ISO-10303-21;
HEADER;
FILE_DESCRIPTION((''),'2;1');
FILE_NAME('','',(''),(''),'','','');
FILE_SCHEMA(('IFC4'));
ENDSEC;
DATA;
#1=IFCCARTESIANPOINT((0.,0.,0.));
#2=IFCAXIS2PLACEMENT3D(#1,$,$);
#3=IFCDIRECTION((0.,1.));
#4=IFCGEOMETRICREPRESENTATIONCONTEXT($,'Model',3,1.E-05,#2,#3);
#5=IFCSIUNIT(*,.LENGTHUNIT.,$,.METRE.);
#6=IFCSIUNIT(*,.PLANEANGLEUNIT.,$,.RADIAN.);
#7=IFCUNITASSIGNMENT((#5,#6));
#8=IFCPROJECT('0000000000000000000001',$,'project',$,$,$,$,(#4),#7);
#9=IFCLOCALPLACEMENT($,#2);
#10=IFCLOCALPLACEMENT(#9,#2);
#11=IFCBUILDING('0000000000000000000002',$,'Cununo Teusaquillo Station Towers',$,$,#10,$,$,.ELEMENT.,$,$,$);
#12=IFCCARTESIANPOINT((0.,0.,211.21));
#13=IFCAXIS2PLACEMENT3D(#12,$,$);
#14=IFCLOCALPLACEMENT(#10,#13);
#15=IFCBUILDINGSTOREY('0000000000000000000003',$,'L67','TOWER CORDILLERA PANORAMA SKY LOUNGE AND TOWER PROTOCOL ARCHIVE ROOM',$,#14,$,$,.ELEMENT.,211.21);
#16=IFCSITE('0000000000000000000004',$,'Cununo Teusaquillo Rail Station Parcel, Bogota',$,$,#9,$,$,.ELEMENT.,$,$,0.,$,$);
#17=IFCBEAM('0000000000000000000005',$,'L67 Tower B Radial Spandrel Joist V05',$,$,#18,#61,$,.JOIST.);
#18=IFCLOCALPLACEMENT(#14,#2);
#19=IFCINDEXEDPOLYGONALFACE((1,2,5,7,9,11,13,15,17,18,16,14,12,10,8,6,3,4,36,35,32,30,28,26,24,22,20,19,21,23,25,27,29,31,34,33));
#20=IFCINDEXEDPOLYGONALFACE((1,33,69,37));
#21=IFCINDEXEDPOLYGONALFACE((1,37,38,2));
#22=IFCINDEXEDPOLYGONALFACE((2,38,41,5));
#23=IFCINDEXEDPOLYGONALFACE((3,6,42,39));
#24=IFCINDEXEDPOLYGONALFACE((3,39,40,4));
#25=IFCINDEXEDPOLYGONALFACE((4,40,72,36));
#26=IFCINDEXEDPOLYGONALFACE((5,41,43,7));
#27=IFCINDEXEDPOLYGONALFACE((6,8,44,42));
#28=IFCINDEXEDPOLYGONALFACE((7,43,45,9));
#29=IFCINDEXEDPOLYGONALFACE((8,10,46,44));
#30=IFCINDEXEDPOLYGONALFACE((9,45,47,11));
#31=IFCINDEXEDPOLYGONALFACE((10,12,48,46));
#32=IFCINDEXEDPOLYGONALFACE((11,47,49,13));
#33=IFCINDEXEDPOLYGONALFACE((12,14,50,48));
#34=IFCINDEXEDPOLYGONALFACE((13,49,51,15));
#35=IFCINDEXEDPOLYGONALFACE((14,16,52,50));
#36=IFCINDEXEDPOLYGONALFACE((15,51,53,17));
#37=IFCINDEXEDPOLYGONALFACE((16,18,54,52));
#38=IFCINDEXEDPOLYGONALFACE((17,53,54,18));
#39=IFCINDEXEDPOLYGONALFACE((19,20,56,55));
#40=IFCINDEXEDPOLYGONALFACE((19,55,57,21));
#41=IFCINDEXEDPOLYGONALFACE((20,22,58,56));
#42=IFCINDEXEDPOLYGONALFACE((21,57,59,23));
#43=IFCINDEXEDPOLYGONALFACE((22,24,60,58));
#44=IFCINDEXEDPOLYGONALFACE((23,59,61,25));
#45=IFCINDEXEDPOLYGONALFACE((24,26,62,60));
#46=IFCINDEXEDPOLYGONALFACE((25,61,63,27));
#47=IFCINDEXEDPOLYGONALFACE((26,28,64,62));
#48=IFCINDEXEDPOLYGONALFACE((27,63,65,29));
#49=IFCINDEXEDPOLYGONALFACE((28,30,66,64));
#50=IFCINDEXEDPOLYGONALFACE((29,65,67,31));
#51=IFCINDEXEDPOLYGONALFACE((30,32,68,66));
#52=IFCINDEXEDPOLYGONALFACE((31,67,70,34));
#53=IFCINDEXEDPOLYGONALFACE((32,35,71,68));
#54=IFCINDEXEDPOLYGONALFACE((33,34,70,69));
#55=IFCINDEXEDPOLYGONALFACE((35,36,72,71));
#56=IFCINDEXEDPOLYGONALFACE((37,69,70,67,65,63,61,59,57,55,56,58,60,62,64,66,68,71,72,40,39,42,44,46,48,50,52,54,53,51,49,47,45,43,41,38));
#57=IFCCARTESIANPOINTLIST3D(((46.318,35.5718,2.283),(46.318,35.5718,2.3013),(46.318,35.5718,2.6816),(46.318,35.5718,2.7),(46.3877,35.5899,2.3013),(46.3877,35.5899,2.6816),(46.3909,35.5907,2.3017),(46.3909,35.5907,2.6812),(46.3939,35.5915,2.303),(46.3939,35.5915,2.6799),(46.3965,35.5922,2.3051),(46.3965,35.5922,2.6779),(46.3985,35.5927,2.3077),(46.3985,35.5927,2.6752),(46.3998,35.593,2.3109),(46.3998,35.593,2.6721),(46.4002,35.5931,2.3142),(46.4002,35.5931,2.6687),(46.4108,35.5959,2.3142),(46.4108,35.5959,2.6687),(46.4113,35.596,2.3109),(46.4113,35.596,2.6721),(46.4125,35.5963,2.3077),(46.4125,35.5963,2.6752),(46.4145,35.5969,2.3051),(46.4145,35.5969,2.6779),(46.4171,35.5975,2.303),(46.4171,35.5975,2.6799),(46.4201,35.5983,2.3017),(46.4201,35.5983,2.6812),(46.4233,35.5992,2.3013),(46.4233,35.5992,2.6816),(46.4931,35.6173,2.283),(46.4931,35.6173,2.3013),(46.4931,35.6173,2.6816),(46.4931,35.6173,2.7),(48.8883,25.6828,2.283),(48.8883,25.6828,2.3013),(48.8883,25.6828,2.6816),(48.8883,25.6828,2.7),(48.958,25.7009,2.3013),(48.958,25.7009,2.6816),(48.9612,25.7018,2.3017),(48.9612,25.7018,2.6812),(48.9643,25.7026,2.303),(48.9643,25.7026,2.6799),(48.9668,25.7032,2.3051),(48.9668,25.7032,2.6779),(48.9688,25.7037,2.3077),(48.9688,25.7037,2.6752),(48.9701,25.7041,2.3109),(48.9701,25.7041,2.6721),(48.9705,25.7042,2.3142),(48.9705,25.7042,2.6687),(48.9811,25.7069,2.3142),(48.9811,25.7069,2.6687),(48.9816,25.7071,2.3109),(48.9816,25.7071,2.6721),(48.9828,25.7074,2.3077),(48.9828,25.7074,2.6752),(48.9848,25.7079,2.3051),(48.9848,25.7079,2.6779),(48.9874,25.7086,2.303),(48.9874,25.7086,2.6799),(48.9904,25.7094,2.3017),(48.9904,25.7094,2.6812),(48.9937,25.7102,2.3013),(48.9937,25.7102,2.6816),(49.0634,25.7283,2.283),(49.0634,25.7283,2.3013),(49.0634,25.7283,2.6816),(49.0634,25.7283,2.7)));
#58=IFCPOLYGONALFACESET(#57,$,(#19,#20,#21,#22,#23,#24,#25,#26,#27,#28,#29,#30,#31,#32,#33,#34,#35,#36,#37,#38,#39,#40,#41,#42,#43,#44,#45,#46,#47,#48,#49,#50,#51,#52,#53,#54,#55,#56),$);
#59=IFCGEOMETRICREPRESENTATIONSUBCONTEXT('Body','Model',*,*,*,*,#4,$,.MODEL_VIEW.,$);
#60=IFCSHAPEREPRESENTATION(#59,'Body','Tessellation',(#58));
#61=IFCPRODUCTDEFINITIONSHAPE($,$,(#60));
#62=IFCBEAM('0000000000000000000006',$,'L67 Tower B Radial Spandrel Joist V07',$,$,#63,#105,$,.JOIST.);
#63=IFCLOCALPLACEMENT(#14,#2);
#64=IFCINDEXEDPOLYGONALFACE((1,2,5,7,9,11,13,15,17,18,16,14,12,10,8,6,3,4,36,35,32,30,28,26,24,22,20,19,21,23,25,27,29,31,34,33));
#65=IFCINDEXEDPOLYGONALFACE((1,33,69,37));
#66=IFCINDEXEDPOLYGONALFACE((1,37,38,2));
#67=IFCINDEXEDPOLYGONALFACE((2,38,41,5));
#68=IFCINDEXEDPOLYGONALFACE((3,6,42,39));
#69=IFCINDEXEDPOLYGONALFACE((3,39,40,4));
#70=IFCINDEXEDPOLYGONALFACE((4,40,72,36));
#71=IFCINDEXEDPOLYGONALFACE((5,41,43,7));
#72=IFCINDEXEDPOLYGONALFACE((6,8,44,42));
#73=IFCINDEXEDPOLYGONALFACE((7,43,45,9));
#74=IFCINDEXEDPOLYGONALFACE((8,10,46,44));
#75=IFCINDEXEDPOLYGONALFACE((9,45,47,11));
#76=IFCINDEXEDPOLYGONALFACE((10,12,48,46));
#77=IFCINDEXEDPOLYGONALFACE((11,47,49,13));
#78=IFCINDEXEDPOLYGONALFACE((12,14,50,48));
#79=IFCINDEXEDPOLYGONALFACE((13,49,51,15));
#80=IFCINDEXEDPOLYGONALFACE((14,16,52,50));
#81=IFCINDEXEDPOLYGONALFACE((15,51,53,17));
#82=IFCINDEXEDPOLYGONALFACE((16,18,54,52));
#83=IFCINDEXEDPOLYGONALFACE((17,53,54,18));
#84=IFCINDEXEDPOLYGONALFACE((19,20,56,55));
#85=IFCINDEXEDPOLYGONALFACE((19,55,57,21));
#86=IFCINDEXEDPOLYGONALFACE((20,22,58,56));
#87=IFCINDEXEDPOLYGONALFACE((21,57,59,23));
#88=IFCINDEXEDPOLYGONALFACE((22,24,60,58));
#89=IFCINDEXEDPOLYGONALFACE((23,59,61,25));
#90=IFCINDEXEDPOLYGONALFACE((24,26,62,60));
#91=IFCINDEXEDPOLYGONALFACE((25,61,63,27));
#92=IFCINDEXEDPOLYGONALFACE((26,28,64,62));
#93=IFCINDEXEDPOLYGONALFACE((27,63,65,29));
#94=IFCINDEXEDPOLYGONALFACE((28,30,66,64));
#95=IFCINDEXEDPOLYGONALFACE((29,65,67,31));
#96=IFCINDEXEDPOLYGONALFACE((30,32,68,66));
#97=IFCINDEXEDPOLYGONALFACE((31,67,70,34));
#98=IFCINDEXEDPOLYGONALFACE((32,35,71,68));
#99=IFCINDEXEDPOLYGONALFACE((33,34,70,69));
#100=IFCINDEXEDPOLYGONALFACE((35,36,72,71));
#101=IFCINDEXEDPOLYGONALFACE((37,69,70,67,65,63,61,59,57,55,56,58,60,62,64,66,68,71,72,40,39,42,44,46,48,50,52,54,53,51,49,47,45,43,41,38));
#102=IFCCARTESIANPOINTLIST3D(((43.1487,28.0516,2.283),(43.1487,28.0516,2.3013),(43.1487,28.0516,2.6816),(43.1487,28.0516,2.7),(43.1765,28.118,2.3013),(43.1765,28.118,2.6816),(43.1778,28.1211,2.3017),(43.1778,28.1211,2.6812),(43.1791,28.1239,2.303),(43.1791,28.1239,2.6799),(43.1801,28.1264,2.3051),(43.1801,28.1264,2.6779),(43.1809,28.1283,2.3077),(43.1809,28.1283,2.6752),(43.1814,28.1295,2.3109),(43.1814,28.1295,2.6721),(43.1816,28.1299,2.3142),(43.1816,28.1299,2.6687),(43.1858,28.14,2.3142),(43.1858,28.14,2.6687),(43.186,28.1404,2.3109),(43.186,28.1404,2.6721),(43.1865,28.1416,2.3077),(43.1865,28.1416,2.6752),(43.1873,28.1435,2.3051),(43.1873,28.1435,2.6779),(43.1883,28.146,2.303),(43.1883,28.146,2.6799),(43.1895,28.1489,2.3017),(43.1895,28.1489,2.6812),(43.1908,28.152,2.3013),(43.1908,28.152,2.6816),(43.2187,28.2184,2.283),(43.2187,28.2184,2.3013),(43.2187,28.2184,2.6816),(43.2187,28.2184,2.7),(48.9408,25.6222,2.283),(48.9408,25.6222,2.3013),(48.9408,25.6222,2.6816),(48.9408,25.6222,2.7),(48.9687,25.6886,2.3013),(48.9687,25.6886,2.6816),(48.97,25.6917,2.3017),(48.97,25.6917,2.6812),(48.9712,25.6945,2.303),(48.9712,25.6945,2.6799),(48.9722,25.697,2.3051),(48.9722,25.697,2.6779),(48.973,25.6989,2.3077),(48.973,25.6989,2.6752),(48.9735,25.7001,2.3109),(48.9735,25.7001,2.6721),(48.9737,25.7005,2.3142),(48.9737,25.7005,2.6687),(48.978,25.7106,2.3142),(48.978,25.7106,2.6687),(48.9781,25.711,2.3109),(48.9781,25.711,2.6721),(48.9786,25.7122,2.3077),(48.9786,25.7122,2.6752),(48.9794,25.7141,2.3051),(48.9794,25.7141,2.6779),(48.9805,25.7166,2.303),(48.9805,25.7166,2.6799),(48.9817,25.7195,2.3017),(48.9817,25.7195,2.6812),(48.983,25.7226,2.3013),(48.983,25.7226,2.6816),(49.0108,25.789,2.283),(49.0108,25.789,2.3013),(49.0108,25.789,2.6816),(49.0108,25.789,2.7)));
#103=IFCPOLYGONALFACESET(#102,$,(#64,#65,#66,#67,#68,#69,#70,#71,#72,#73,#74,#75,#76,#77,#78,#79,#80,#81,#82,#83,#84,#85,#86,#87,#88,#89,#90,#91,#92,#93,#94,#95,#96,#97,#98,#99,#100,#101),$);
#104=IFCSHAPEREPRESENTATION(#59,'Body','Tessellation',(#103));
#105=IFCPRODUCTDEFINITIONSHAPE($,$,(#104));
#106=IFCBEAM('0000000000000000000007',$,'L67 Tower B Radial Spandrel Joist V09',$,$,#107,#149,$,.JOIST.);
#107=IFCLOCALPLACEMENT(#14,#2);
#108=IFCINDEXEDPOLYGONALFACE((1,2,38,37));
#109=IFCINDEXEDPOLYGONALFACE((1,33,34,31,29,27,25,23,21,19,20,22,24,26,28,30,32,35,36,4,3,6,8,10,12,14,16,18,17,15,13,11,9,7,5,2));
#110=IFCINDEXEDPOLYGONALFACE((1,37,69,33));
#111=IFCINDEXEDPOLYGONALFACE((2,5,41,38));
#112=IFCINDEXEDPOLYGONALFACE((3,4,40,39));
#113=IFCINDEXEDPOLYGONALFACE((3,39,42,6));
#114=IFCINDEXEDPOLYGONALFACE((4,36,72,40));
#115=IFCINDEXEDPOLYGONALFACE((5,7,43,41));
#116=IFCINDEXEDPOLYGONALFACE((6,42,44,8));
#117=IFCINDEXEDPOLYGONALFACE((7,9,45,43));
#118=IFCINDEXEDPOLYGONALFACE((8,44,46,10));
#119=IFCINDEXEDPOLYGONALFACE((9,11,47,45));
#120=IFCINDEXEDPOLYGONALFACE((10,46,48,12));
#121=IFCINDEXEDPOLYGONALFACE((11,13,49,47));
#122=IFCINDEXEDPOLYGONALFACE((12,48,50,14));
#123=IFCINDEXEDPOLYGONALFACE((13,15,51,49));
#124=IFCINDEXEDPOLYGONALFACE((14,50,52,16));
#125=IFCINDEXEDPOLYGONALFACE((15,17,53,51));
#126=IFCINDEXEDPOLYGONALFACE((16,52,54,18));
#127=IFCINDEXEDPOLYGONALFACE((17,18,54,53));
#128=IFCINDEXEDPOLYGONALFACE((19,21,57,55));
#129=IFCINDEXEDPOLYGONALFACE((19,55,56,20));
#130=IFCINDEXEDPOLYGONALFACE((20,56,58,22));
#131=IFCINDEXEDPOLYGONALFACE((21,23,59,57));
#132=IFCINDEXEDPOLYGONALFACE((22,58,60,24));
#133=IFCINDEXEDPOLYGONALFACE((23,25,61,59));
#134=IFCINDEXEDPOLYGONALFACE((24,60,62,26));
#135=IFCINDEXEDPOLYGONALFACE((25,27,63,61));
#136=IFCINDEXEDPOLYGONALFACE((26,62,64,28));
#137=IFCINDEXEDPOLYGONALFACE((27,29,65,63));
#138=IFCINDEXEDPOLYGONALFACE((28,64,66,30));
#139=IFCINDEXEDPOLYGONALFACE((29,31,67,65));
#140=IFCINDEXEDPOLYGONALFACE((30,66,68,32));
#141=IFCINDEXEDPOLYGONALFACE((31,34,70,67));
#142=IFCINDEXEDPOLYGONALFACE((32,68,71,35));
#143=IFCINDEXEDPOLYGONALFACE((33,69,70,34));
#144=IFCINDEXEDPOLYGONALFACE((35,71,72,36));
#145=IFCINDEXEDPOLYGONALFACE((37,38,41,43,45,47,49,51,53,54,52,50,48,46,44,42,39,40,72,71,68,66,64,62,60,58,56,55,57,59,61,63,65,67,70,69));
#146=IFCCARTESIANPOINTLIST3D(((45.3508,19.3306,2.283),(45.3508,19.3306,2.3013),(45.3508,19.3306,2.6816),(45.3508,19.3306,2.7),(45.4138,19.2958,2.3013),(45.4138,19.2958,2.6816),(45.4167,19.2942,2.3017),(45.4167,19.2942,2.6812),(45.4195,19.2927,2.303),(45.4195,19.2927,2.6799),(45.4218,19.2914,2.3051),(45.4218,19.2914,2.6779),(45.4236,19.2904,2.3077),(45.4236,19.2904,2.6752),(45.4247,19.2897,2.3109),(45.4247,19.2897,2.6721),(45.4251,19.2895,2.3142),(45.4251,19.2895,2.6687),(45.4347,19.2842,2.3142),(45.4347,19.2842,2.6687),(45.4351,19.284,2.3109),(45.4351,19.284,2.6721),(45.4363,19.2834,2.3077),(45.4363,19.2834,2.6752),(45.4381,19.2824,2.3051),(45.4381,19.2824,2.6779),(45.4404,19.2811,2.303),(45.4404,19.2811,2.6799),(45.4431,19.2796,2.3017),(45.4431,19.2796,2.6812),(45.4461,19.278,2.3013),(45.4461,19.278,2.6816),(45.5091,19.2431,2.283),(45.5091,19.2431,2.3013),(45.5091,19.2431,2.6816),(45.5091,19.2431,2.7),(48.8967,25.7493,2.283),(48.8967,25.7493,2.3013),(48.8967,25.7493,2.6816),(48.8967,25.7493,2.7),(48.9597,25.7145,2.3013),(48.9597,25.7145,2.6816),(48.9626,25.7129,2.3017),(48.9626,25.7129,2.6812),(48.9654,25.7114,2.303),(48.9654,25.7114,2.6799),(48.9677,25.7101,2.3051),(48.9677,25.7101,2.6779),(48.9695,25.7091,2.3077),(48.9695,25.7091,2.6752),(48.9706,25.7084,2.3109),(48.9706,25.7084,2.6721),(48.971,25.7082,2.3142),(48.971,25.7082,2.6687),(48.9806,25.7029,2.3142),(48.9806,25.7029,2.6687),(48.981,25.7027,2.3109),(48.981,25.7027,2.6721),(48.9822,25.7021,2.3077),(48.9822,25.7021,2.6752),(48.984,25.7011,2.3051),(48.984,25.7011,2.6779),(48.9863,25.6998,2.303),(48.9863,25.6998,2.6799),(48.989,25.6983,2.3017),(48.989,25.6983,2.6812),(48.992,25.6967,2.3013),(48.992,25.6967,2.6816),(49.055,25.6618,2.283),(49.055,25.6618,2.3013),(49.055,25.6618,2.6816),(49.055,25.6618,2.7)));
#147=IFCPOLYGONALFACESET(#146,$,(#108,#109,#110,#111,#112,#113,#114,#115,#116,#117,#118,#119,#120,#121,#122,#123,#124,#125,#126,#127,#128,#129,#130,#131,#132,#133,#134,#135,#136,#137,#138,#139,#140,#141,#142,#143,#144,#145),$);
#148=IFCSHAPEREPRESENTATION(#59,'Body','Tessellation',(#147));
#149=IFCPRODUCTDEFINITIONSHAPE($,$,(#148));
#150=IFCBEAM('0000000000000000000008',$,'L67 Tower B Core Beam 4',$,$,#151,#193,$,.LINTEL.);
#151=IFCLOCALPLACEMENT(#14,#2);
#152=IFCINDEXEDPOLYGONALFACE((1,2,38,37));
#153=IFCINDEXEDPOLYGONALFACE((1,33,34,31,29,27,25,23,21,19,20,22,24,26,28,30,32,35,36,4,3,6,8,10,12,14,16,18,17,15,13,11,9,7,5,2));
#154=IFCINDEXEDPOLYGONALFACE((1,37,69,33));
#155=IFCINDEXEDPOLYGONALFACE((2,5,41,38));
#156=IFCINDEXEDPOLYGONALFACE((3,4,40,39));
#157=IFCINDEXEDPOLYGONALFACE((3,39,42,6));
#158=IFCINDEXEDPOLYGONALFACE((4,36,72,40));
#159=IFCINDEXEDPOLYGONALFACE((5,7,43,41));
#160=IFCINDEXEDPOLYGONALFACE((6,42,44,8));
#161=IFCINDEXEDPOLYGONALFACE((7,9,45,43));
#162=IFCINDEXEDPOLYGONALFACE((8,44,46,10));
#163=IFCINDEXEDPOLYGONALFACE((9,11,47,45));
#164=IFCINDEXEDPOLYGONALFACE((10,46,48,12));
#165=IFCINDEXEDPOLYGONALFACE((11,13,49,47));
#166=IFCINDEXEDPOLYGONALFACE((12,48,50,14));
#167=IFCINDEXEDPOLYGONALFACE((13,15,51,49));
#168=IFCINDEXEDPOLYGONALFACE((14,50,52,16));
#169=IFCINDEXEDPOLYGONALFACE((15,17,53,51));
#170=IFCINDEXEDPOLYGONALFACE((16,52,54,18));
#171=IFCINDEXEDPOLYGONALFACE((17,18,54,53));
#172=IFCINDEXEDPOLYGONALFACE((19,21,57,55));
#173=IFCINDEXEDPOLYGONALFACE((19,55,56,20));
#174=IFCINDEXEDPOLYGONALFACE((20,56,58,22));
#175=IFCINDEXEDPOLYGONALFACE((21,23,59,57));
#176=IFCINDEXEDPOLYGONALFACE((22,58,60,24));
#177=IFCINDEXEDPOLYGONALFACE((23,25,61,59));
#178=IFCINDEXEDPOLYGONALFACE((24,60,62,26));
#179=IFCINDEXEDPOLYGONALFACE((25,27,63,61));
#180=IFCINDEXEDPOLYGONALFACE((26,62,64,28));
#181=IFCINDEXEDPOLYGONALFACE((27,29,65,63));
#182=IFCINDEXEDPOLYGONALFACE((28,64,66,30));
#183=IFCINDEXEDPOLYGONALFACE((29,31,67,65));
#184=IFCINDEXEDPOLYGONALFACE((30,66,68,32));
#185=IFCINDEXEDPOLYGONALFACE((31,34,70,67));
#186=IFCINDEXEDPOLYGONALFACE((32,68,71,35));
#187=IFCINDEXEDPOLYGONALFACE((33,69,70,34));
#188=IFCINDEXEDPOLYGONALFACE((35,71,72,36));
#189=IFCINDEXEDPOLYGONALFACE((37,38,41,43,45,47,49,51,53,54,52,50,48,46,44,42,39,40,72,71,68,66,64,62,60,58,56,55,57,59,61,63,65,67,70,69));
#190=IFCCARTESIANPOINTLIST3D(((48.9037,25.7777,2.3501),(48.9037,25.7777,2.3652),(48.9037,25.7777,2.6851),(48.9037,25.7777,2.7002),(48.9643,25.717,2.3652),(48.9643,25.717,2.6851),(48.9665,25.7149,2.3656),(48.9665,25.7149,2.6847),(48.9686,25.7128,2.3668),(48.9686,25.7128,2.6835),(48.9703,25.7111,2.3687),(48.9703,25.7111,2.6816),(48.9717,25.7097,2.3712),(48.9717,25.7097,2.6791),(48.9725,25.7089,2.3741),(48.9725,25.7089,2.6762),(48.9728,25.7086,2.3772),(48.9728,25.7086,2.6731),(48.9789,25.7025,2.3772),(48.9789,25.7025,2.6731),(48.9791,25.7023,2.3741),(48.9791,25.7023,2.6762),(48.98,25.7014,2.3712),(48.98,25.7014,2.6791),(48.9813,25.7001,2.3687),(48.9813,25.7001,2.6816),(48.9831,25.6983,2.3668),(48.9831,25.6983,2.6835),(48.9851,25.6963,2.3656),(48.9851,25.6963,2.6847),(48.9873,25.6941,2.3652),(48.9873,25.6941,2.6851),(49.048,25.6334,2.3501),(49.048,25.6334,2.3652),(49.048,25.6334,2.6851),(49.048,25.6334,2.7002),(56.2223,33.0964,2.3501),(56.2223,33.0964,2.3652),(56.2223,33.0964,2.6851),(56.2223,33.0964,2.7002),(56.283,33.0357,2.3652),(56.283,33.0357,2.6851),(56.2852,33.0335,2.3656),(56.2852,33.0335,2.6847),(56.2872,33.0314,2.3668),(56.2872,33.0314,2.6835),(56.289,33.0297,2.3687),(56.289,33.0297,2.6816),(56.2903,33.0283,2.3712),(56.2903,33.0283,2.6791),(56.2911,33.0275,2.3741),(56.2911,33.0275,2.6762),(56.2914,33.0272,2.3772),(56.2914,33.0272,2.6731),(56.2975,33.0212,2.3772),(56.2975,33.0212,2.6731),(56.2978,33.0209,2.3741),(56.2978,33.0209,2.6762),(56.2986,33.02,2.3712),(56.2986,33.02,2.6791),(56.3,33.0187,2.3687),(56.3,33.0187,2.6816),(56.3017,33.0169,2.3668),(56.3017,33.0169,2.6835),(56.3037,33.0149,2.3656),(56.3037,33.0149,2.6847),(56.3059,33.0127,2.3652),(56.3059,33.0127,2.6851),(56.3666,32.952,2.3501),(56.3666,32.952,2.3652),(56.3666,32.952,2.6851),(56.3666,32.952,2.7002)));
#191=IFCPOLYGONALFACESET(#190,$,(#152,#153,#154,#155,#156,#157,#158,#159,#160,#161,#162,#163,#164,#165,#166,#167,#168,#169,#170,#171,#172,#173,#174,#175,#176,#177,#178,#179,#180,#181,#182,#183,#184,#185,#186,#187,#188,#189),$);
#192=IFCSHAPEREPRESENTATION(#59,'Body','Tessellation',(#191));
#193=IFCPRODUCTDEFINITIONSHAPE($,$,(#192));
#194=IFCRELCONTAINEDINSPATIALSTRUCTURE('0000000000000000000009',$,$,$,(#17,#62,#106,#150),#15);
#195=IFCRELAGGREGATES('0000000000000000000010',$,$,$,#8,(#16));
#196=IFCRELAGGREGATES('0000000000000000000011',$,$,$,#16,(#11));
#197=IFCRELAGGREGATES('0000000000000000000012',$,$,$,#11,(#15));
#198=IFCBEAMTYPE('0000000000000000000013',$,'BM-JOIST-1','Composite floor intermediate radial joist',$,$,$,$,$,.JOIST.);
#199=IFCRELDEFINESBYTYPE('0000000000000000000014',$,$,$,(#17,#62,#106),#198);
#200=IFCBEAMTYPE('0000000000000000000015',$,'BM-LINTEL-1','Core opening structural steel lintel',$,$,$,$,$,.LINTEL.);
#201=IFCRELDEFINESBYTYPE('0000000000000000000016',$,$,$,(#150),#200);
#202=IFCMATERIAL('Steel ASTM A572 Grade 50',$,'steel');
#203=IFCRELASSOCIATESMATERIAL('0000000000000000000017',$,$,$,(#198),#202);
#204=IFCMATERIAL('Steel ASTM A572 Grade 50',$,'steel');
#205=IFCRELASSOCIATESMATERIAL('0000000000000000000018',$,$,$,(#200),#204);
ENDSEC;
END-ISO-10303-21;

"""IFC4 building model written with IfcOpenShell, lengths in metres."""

from ifc_helpers import new_model, si_unit, direction, frame, origin, origin_2d, place, context, subcontext, project, spatial, i_section, extrude, material, material_profile, profile_set, type_object, element, save


model = new_model("IFC4")

# Units and contexts
model_context = context("Model", 3, precision=1e-05, world=origin(), true_north=direction((0.0, 1.0)))
body_context = subcontext(model_context, "Body", "Model", "MODEL_VIEW")
ifc_project = project(units=[si_unit("LENGTHUNIT", "METRE"), si_unit("PLANEANGLEUNIT", "RADIAN")], contexts=[model_context])

# Site, building, storey
site_placement = place(None, origin())
site = spatial("IfcSite", under=ifc_project, at=site_placement, Name="Cununo Teusaquillo Rail Station Parcel, Bogota", CompositionType="ELEMENT", RefElevation=0.0)
building_placement = place(site_placement, origin())
building = spatial("IfcBuilding", under=site, at=building_placement, Name="Cununo Teusaquillo Station Towers", CompositionType="ELEMENT")
storey_placement = place(building_placement, frame((0.0, 0.0, 211.21)))
storey = spatial("IfcBuildingStorey", under=building, at=storey_placement, Name="L67", Description="TOWER CORDILLERA PANORAMA SKY LOUNGE AND TOWER PROTOCOL ARCHIVE ROOM", CompositionType="ELEMENT", Elevation=211.21)

# Beams
ifc_material_1 = material(Name="Steel ASTM A572 Grade 50", Category="steel")
ifc_material_profile_1 = material_profile(ifc_material_1, i_section(OverallWidth=0.1809, OverallDepth=0.417, WebThickness=0.011, FlangeThickness=0.0183, FilletRadius=0.0129, at=origin_2d()), Name="W16X57")
ifc_profile_set_1 = profile_set([ifc_material_profile_1], Name="Steel ASTM A572 Grade 50")
beam_type_1 = type_object("IfcBeamType", Name="BM-JOIST-1", Description="Composite floor intermediate radial joist", PredefinedType="JOIST", material=ifc_profile_set_1)
beam_1_placement = place(storey_placement, frame((48.9758, 25.7056, 2.4915), z_axis=(-0.25156, 0.967842, 0.0), x_axis=(-0.967842, -0.25156, 0.0)))
element("IfcBeam", 1, at=beam_1_placement, inside=storey, type_object=beam_type_1, Name="L67 Tower B Radial Spandrel Joist V05", PredefinedType="JOIST", context=body_context, shape_type="SweptSolid", body=[
    extrude(i_section(OverallWidth=0.1809, OverallDepth=0.417, WebThickness=0.011, FlangeThickness=0.0183, FilletRadius=0.0129, at=origin_2d()), origin(), (0.0, 0.0, 1.0), 10.2175),
])
beam_2_placement = place(storey_placement, frame((48.9758, 25.7056, 2.4915), z_axis=(-0.922169, 0.386786, 0.0), x_axis=(-0.386786, -0.922169, 0.0)))
element("IfcBeam", 2, at=beam_2_placement, inside=storey, type_object=beam_type_1, Name="L67 Tower B Radial Spandrel Joist V07", PredefinedType="JOIST", context=body_context, shape_type="SweptSolid", body=[
    extrude(i_section(OverallWidth=0.1809, OverallDepth=0.417, WebThickness=0.011, FlangeThickness=0.0183, FilletRadius=0.0129, at=origin_2d()), origin(), (0.0, 0.0, 1.0), 6.281),
])
beam_3_placement = place(storey_placement, frame((48.9758, 25.7056, 2.4915), z_axis=(-0.483553, -0.875315, 0.0), x_axis=(0.875315, -0.483553, 0.0)))
element("IfcBeam", 3, at=beam_3_placement, inside=storey, type_object=beam_type_1, Name="L67 Tower B Radial Spandrel Joist V09", PredefinedType="JOIST", context=body_context, shape_type="SweptSolid", body=[
    extrude(i_section(OverallWidth=0.1809, OverallDepth=0.417, WebThickness=0.011, FlangeThickness=0.0183, FilletRadius=0.0129, at=origin_2d()), origin(), (0.0, 0.0, 1.0), 7.333),
])
ifc_material_2 = material(Name="Steel ASTM A572 Grade 50", Category="steel")
ifc_material_profile_2 = material_profile(ifc_material_2, i_section(OverallWidth=0.2041, OverallDepth=0.3501, WebThickness=0.0085, FlangeThickness=0.0151, FilletRadius=0.012, at=origin_2d()), Name="W14X48")
ifc_profile_set_2 = profile_set([ifc_material_profile_2], Name="Steel ASTM A572 Grade 50")
beam_type_2 = type_object("IfcBeamType", Name="BM-LINTEL-1", Description="Core opening structural steel lintel", PredefinedType="LINTEL", material=ifc_profile_set_2)
beam_4_placement = place(storey_placement, frame((48.9758, 25.7056, 2.5251), z_axis=(0.707107, 0.707107, 0.0), x_axis=(-0.707107, 0.707107, 0.0)))
element("IfcBeam", 4, at=beam_4_placement, inside=storey, type_object=beam_type_2, Name="L67 Tower B Core Beam 4", PredefinedType="LINTEL", context=body_context, shape_type="SweptSolid", body=[
    extrude(i_section(OverallWidth=0.2041, OverallDepth=0.3501, WebThickness=0.0085, FlangeThickness=0.0151, FilletRadius=0.012, at=origin_2d()), origin(), (0.0, 0.0, 1.0), 10.3501),
])

save(model, "model.ifc")
